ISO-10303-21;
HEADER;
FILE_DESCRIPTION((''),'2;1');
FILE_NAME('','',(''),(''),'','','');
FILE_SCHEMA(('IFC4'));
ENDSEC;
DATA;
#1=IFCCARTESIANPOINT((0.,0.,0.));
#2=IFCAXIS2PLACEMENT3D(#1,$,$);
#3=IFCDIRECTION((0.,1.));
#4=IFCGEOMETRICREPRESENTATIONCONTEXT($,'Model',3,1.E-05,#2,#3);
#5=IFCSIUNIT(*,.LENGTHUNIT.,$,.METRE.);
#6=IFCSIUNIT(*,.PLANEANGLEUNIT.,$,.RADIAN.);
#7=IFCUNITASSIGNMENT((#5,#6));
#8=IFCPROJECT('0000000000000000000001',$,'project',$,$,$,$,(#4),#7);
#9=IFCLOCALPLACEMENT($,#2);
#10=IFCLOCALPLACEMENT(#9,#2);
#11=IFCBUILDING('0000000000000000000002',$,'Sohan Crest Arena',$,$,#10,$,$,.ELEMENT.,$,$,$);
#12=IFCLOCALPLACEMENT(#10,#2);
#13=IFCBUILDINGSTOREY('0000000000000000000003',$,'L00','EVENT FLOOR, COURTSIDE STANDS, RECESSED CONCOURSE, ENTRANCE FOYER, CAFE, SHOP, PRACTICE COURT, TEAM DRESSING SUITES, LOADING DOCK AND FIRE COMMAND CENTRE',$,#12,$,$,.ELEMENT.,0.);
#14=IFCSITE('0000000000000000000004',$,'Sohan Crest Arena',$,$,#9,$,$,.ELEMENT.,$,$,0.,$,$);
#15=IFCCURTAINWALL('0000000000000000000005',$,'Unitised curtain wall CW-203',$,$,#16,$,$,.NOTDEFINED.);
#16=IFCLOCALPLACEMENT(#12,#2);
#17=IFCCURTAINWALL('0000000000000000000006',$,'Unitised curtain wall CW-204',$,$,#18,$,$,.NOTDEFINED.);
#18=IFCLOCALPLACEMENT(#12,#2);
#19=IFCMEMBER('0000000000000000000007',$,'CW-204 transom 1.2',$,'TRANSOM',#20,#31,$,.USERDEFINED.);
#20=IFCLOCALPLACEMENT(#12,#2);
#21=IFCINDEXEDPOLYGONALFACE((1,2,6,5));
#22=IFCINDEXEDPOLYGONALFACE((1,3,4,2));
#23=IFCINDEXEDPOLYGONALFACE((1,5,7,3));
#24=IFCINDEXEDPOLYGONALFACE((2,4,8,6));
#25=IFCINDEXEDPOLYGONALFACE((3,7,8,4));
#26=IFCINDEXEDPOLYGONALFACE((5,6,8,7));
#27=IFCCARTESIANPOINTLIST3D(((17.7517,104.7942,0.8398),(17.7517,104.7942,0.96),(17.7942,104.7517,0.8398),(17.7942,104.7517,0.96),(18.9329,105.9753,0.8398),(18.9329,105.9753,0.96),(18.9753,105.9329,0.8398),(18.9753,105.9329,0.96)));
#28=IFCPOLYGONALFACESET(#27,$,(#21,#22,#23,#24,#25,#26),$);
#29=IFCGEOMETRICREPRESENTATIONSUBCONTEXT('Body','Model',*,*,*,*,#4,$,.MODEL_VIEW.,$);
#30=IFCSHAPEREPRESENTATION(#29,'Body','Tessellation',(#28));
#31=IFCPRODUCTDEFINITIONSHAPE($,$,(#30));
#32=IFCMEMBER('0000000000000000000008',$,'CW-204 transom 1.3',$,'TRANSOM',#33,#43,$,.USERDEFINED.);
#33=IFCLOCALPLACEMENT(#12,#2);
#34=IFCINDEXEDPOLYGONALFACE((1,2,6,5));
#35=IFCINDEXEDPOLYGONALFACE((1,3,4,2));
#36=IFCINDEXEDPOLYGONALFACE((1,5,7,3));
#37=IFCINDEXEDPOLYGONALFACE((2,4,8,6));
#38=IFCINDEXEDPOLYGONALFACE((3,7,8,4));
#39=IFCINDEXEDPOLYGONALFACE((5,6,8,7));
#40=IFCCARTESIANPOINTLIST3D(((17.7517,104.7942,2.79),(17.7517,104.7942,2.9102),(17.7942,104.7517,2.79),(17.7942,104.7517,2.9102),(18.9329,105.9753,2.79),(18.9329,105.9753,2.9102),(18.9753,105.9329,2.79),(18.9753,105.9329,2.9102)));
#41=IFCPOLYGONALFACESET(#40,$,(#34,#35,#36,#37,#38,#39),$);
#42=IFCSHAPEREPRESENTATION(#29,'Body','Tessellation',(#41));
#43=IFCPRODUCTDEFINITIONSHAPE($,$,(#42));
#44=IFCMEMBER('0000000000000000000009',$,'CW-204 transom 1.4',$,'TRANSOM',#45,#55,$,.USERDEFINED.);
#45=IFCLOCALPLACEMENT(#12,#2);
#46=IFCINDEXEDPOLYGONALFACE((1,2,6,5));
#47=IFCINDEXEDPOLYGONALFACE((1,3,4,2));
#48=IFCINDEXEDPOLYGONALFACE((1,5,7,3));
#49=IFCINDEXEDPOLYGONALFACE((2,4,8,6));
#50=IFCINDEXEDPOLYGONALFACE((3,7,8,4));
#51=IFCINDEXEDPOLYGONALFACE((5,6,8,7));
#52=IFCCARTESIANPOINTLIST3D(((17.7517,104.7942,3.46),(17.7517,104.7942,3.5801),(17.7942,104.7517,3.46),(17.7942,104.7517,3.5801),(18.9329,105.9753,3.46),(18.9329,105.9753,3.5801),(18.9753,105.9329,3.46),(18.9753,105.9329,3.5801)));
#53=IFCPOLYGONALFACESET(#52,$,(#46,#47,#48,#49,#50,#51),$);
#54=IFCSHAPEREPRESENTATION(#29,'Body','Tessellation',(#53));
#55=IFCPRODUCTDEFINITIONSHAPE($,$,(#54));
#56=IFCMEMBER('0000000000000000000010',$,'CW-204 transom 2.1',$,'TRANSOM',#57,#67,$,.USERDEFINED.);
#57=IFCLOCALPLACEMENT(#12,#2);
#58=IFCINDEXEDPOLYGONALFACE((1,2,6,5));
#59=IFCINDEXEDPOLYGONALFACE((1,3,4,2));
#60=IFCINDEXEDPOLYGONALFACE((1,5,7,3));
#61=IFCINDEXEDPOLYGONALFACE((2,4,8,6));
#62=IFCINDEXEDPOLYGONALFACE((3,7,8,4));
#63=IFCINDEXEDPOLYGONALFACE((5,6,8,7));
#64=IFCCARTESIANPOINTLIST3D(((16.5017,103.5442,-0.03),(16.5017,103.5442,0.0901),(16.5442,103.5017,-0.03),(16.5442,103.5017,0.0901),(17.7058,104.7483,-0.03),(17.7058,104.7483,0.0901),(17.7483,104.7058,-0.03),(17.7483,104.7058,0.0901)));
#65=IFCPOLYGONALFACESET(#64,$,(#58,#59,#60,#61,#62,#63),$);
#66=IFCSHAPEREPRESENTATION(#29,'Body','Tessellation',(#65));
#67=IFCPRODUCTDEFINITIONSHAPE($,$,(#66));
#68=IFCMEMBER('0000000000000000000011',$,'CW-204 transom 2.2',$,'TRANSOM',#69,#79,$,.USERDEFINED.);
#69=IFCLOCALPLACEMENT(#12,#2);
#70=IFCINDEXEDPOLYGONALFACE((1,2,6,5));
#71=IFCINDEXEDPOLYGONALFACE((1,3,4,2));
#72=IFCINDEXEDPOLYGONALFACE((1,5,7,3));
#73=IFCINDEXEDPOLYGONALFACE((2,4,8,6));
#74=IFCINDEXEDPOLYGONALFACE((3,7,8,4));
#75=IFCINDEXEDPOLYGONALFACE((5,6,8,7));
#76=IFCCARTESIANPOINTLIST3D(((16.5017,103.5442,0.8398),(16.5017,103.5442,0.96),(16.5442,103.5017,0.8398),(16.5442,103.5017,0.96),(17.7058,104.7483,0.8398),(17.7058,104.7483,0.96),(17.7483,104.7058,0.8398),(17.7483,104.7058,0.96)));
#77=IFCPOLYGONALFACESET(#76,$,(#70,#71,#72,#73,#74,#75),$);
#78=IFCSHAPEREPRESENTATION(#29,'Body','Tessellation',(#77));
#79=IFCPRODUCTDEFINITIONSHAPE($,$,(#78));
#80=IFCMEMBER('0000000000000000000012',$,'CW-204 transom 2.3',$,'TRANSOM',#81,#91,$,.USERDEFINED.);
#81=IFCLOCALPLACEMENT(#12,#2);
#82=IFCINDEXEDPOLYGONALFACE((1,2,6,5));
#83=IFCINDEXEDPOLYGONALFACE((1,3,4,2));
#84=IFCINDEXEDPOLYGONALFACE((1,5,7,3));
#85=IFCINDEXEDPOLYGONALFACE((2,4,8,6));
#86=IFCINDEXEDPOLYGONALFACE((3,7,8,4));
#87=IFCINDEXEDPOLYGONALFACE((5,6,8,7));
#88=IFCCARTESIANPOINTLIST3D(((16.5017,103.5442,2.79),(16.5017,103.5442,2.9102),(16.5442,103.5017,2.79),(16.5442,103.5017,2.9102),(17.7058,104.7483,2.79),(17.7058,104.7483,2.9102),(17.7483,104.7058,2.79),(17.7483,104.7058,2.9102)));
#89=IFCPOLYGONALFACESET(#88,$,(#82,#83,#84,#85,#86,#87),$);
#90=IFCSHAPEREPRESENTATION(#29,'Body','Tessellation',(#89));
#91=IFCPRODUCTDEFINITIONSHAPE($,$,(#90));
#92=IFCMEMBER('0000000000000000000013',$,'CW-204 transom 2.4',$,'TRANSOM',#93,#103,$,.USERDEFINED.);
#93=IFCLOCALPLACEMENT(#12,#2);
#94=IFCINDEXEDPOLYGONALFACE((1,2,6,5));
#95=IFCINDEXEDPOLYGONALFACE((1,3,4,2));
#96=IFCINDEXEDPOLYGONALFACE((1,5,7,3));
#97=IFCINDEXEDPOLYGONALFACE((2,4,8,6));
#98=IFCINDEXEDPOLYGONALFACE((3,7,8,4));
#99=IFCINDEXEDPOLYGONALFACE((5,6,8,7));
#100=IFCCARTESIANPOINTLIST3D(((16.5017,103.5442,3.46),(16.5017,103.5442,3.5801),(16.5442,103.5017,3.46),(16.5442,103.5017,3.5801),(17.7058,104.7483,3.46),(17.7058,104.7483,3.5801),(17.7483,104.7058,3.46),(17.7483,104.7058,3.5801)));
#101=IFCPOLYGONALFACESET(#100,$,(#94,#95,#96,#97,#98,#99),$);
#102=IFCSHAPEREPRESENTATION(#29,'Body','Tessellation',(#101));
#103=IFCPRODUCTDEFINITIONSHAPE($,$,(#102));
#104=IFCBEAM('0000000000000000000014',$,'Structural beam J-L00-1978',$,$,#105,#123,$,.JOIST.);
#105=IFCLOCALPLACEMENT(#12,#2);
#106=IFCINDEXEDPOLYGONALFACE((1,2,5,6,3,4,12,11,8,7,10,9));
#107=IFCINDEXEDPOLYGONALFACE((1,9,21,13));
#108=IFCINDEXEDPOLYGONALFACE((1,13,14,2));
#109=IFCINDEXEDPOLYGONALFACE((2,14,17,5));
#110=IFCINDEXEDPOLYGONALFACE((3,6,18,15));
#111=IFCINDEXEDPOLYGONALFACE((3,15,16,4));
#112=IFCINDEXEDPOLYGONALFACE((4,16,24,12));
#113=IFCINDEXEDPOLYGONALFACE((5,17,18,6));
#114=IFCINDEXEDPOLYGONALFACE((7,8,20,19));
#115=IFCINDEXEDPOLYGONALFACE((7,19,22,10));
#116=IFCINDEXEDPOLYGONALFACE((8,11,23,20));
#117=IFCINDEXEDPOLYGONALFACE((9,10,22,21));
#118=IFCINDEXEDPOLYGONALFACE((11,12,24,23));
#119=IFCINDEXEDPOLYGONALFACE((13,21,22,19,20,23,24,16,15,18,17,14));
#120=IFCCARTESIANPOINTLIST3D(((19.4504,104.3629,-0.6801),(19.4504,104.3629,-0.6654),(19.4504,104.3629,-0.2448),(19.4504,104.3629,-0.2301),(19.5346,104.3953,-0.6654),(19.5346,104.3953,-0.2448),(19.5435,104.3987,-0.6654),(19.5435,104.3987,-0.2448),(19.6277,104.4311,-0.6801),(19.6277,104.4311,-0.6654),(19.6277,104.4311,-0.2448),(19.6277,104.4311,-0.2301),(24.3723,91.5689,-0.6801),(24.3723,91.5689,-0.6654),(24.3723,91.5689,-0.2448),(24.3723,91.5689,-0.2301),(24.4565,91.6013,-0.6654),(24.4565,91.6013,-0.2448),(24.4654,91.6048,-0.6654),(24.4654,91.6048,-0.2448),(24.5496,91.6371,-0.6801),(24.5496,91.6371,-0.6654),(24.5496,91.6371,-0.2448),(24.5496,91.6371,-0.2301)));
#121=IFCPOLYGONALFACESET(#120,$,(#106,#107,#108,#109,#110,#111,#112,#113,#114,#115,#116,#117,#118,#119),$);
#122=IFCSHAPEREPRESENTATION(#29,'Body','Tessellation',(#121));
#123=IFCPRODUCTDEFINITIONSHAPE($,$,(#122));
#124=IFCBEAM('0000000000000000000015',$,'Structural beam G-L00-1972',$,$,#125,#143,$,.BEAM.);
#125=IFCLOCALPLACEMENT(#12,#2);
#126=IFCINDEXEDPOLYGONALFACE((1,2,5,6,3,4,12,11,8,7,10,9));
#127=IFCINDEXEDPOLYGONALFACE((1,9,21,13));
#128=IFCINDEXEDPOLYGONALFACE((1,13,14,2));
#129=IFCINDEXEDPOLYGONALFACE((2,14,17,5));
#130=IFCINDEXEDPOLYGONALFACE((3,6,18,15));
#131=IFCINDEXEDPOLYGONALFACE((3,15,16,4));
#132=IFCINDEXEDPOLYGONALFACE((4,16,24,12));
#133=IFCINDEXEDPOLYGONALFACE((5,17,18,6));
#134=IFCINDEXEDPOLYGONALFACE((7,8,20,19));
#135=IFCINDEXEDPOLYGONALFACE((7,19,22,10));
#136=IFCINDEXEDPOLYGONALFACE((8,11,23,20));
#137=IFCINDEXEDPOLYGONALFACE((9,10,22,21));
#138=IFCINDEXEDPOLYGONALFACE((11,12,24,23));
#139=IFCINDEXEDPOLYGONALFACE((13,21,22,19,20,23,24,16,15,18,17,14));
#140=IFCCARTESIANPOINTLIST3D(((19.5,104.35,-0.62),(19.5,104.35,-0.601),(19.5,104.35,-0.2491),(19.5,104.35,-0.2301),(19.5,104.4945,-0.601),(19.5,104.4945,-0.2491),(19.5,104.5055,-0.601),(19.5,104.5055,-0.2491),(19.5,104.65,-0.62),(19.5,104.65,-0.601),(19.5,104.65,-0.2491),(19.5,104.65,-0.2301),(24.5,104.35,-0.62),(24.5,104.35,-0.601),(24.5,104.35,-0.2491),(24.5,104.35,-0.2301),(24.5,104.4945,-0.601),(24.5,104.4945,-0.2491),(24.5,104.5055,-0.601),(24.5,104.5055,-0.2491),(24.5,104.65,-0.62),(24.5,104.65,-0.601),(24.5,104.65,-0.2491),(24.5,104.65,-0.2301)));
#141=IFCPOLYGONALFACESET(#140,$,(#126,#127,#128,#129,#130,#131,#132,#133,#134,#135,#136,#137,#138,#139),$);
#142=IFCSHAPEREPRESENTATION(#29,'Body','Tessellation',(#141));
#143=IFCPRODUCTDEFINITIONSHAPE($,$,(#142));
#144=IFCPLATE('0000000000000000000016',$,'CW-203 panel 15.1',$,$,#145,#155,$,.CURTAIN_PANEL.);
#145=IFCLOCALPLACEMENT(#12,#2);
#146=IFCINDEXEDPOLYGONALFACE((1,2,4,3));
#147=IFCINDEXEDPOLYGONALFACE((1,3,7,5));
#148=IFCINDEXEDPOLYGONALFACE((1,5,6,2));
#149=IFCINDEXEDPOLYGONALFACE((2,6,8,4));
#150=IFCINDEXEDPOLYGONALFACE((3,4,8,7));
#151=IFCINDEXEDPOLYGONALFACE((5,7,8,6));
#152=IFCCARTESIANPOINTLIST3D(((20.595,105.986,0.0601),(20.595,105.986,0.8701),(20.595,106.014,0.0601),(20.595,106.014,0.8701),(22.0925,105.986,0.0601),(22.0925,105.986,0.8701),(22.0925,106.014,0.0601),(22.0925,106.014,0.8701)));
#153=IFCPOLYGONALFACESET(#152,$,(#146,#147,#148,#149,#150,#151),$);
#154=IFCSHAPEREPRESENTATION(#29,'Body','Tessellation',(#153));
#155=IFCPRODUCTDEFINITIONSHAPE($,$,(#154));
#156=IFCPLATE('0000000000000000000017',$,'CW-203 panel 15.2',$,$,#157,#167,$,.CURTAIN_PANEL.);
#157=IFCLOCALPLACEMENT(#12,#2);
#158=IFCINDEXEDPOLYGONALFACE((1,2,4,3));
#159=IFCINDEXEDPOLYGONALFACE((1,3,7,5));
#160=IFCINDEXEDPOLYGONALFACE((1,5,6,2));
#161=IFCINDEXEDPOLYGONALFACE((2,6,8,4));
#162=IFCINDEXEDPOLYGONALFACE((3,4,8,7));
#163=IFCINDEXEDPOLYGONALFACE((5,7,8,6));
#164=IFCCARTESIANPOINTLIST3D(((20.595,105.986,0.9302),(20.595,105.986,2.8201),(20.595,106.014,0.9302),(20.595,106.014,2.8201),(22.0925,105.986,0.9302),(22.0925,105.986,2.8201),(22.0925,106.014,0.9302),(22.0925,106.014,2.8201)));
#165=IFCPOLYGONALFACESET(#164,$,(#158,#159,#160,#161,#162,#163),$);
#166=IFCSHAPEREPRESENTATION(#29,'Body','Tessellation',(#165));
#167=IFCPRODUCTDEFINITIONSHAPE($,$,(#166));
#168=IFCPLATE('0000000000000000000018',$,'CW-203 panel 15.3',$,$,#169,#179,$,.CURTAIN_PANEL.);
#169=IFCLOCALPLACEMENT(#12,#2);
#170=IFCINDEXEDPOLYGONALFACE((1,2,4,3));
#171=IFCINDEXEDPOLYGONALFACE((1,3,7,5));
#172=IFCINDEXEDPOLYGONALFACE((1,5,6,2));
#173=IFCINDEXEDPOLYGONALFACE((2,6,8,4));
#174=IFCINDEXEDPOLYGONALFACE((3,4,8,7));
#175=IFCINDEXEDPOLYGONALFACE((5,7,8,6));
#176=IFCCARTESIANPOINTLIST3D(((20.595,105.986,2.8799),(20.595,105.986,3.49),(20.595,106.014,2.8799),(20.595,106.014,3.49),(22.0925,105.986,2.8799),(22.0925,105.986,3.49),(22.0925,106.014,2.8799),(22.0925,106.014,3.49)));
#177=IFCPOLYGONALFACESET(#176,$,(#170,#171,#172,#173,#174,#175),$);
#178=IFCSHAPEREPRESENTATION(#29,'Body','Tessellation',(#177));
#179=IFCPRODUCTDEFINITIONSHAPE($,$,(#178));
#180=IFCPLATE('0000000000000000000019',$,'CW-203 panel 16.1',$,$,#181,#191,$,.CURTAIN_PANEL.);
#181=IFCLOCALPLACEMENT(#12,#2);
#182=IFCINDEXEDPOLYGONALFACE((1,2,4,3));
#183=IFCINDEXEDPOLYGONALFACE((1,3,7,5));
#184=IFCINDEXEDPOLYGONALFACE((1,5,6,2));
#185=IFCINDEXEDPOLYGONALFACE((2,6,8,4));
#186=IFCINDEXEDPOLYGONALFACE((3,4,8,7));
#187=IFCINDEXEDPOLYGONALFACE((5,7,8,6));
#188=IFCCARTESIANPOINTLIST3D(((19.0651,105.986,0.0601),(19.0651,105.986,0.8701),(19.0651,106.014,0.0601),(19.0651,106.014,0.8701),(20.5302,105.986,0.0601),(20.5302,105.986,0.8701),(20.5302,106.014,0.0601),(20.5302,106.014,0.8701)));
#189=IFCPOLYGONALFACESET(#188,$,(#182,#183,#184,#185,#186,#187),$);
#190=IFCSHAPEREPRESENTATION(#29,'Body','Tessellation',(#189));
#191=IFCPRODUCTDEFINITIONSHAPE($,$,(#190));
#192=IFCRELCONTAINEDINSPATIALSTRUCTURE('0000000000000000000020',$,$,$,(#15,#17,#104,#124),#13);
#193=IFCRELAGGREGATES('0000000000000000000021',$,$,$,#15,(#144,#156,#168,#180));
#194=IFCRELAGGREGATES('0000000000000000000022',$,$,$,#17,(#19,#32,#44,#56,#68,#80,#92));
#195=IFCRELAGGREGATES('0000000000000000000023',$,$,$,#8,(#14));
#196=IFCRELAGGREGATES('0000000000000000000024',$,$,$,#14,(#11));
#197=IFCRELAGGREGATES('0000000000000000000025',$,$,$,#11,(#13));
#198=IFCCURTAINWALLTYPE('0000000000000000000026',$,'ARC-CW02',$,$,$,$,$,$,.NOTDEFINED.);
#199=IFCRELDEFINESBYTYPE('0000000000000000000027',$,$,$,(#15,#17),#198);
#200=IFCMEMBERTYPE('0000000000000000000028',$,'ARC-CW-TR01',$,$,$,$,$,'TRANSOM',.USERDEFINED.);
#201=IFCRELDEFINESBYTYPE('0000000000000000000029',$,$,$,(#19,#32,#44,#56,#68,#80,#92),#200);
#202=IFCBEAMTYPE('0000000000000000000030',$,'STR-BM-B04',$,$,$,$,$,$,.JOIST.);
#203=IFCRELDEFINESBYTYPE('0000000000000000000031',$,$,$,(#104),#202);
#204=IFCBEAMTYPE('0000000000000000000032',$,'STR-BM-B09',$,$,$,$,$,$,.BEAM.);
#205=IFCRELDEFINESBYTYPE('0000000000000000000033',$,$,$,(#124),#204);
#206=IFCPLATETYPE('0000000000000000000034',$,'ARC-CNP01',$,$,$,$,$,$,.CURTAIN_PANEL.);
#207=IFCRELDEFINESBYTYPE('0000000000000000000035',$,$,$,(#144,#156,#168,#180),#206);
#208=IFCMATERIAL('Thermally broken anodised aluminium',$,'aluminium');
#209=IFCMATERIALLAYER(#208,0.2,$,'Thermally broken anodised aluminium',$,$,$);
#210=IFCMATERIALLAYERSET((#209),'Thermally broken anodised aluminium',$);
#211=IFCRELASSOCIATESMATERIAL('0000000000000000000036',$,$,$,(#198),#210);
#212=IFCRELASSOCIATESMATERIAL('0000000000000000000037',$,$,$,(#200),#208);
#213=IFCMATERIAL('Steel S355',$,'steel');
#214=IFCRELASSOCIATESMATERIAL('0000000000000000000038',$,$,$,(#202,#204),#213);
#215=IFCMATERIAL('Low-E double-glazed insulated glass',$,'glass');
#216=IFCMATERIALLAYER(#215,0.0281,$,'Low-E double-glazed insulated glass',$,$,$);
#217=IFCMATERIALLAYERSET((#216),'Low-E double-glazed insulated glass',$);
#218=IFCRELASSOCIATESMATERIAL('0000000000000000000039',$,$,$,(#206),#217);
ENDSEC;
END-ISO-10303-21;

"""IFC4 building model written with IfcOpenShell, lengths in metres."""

from ifc_helpers import new_model, si_unit, direction, frame, origin, origin_2d, place, context, subcontext, project, spatial, rectangle, i_section, extrude, material, layer, layer_set, material_profile, profile_set, type_object, element, aggregate, save


model = new_model("IFC4")

# Units and contexts
model_context = context("Model", 3, precision=1e-05, world=origin(), true_north=direction((0.0, 1.0)))
body_context = subcontext(model_context, "Body", "Model", "MODEL_VIEW")
ifc_project = project(units=[si_unit("LENGTHUNIT", "METRE"), si_unit("PLANEANGLEUNIT", "RADIAN")], contexts=[model_context])

# Site, building, storey
site_placement = place(None, origin())
site = spatial("IfcSite", under=ifc_project, at=site_placement, Name="Sohan Crest Arena", CompositionType="ELEMENT", RefElevation=0.0)
building_placement = place(site_placement, origin())
building = spatial("IfcBuilding", under=site, at=building_placement, Name="Sohan Crest Arena", CompositionType="ELEMENT")
storey_placement = place(building_placement, origin())
storey = spatial("IfcBuildingStorey", under=building, at=storey_placement, Name="L00", Description="EVENT FLOOR, COURTSIDE STANDS, RECESSED CONCOURSE, ENTRANCE FOYER, CAFE, SHOP, PRACTICE COURT, TEAM DRESSING SUITES, LOADING DOCK AND FIRE COMMAND CENTRE", CompositionType="ELEMENT", Elevation=0.0)

# Curtain walls
ifc_material_1 = material(Name="Thermally broken anodised aluminium", Category="aluminium")
ifc_layer_1 = layer(ifc_material_1, 0.2, Name="Thermally broken anodised aluminium")
ifc_layer_set_1 = layer_set([ifc_layer_1], Name="Thermally broken anodised aluminium")
curtain_wall_type = type_object("IfcCurtainWallType", Name="ARC-CW02", PredefinedType="NOTDEFINED", material=ifc_layer_set_1)
curtain_wall_1_placement = place(storey_placement, origin())
curtain_wall_1 = element("IfcCurtainWall", 1, at=curtain_wall_1_placement, inside=storey, type_object=curtain_wall_type, Name="Unitised curtain wall CW-203", PredefinedType="NOTDEFINED")
curtain_wall_2_placement = place(storey_placement, origin())
curtain_wall_2 = element("IfcCurtainWall", 2, at=curtain_wall_2_placement, inside=storey, type_object=curtain_wall_type, Name="Unitised curtain wall CW-204", PredefinedType="NOTDEFINED")

# Members
ifc_material_profile_1 = material_profile(ifc_material_1, rectangle(XDim=0.0601, YDim=0.1201, at=origin_2d()), Name="ALU-TRAN 60x120")
ifc_profile_set_1 = profile_set([ifc_material_profile_1], Name="Thermally broken anodised aluminium")
member_type_1 = type_object("IfcMemberType", Name="ARC-CW-TR01", ElementType="TRANSOM", PredefinedType="USERDEFINED", material=ifc_profile_set_1)
member_1_placement = place(storey_placement, frame((18.9541, 105.9541, 0.8999), z_axis=(-0.707107, -0.707107, 0.0), x_axis=(0.707107, -0.707107, 0.0)))
member_1 = element("IfcMember", 3, at=member_1_placement, type_object=member_type_1, Name="CW-204 transom 1.2", ObjectType="TRANSOM", PredefinedType="USERDEFINED", context=body_context, shape_type="SweptSolid", body=[
    extrude(rectangle(XDim=0.0601, YDim=0.1201, at=origin_2d()), origin(), (0.0, 0.0, 1.0), 1.6704),
])
member_2_placement = place(storey_placement, frame((18.9541, 105.9541, 2.8501), z_axis=(-0.707107, -0.707107, 0.0), x_axis=(0.707107, -0.707107, 0.0)))
member_2 = element("IfcMember", 4, at=member_2_placement, type_object=member_type_1, Name="CW-204 transom 1.3", ObjectType="TRANSOM", PredefinedType="USERDEFINED", context=body_context, shape_type="SweptSolid", body=[
    extrude(rectangle(XDim=0.0601, YDim=0.1201, at=origin_2d()), origin(), (0.0, 0.0, 1.0), 1.6704),
])
member_3_placement = place(storey_placement, frame((18.9541, 105.9541, 3.52), z_axis=(-0.707107, -0.707107, 0.0), x_axis=(0.707107, -0.707107, 0.0)))
member_3 = element("IfcMember", 5, at=member_3_placement, type_object=member_type_1, Name="CW-204 transom 1.4", ObjectType="TRANSOM", PredefinedType="USERDEFINED", context=body_context, shape_type="SweptSolid", body=[
    extrude(rectangle(XDim=0.0601, YDim=0.1201, at=origin_2d()), origin(), (0.0, 0.0, 1.0), 1.6704),
])
member_4_placement = place(storey_placement, frame((17.7271, 104.7271, 0.03), z_axis=(-0.707107, -0.707107, 0.0), x_axis=(0.707107, -0.707107, 0.0)))
member_4 = element("IfcMember", 6, at=member_4_placement, type_object=member_type_1, Name="CW-204 transom 2.1", ObjectType="TRANSOM", PredefinedType="USERDEFINED", context=body_context, shape_type="SweptSolid", body=[
    extrude(rectangle(XDim=0.0601, YDim=0.1201, at=origin_2d()), origin(), (0.0, 0.0, 1.0), 1.7029),
])
member_5_placement = place(storey_placement, frame((17.7271, 104.7271, 0.8999), z_axis=(-0.707107, -0.707107, 0.0), x_axis=(0.707107, -0.707107, 0.0)))
member_5 = element("IfcMember", 7, at=member_5_placement, type_object=member_type_1, Name="CW-204 transom 2.2", ObjectType="TRANSOM", PredefinedType="USERDEFINED", context=body_context, shape_type="SweptSolid", body=[
    extrude(rectangle(XDim=0.0601, YDim=0.1201, at=origin_2d()), origin(), (0.0, 0.0, 1.0), 1.7029),
])
member_6_placement = place(storey_placement, frame((17.7271, 104.7271, 2.8501), z_axis=(-0.707107, -0.707107, 0.0), x_axis=(0.707107, -0.707107, 0.0)))
member_6 = element("IfcMember", 8, at=member_6_placement, type_object=member_type_1, Name="CW-204 transom 2.3", ObjectType="TRANSOM", PredefinedType="USERDEFINED", context=body_context, shape_type="SweptSolid", body=[
    extrude(rectangle(XDim=0.0601, YDim=0.1201, at=origin_2d()), origin(), (0.0, 0.0, 1.0), 1.7029),
])
member_7_placement = place(storey_placement, frame((17.7271, 104.7271, 3.52), z_axis=(-0.707107, -0.707107, 0.0), x_axis=(0.707107, -0.707107, 0.0)))
member_7 = element("IfcMember", 9, at=member_7_placement, type_object=member_type_1, Name="CW-204 transom 2.4", ObjectType="TRANSOM", PredefinedType="USERDEFINED", context=body_context, shape_type="SweptSolid", body=[
    extrude(rectangle(XDim=0.0601, YDim=0.1201, at=origin_2d()), origin(), (0.0, 0.0, 1.0), 1.7029),
])

# Beams
ifc_material_2 = material(Name="Steel S355", Category="steel")
ifc_material_profile_2 = material_profile(ifc_material_2, i_section(OverallWidth=0.1899, OverallDepth=0.45, WebThickness=0.0095, FlangeThickness=0.0146, at=origin_2d()), Name="IPE 450")
ifc_profile_set_2 = profile_set([ifc_material_profile_2], Name="Steel S355")
beam_type_1 = type_object("IfcBeamType", Name="STR-BM-B04", PredefinedType="JOIST", material=ifc_profile_set_2)
beam_1_placement = place(storey_placement, frame((19.5391, 104.397, -0.4551), z_axis=(0.359051, -0.933318, 0.0), x_axis=(0.933318, 0.359051, 0.0)))
element("IfcBeam", 10, at=beam_1_placement, inside=storey, type_object=beam_type_1, Name="Structural beam J-L00-1978", PredefinedType="JOIST", context=body_context, shape_type="SweptSolid", body=[
    extrude(i_section(OverallWidth=0.1899, OverallDepth=0.45, WebThickness=0.0095, FlangeThickness=0.0146, at=origin_2d()), origin(), (0.0, 0.0, 1.0), 13.708),
])
ifc_material_profile_3 = material_profile(ifc_material_2, i_section(OverallWidth=0.3, OverallDepth=0.3899, WebThickness=0.011, FlangeThickness=0.019, at=origin_2d()), Name="HEA 400")
ifc_profile_set_3 = profile_set([ifc_material_profile_3], Name="Steel S355")
beam_type_2 = type_object("IfcBeamType", Name="STR-BM-B09", PredefinedType="BEAM", material=ifc_profile_set_3)
beam_2_placement = place(storey_placement, frame((19.5, 104.5, -0.425), z_axis=(1.0, 0.0, 0.0), x_axis=(0.0, 1.0, 0.0)))
element("IfcBeam", 11, at=beam_2_placement, inside=storey, type_object=beam_type_2, Name="Structural beam G-L00-1972", PredefinedType="BEAM", context=body_context, shape_type="SweptSolid", body=[
    extrude(i_section(OverallWidth=0.3, OverallDepth=0.3899, WebThickness=0.011, FlangeThickness=0.019, at=origin_2d()), origin(), (0.0, 0.0, 1.0), 5.0),
])

# Plates
ifc_material_3 = material(Name="Low-E double-glazed insulated glass", Category="glass")
ifc_layer_2 = layer(ifc_material_3, 0.0281, Name="Low-E double-glazed insulated glass")
ifc_layer_set_2 = layer_set([ifc_layer_2], Name="Low-E double-glazed insulated glass")
plate_type = type_object("IfcPlateType", Name="ARC-CNP01", PredefinedType="CURTAIN_PANEL", material=ifc_layer_set_2)
plate_1_placement = place(storey_placement, frame((21.3438, 106.0, 0.0601), z_axis=(0.0, 0.0, 1.0), x_axis=(-1.0, 0.0, 0.0)))
plate_1 = element("IfcPlate", 12, at=plate_1_placement, type_object=plate_type, Name="CW-203 panel 15.1", PredefinedType="CURTAIN_PANEL", context=body_context, shape_type="SweptSolid", body=[
    extrude(rectangle(XDim=1.4976, YDim=0.0281, at=origin_2d()), origin(), (0.0, 0.0, 1.0), 0.8101),
])
plate_2_placement = place(storey_placement, frame((21.3438, 106.0, 0.9302), z_axis=(0.0, 0.0, 1.0), x_axis=(-1.0, 0.0, 0.0)))
plate_2 = element("IfcPlate", 13, at=plate_2_placement, type_object=plate_type, Name="CW-203 panel 15.2", PredefinedType="CURTAIN_PANEL", context=body_context, shape_type="SweptSolid", body=[
    extrude(rectangle(XDim=1.4976, YDim=0.0281, at=origin_2d()), origin(), (0.0, 0.0, 1.0), 1.8899),
])
plate_3_placement = place(storey_placement, frame((21.3438, 106.0, 2.8799), z_axis=(0.0, 0.0, 1.0), x_axis=(-1.0, 0.0, 0.0)))
plate_3 = element("IfcPlate", 14, at=plate_3_placement, type_object=plate_type, Name="CW-203 panel 15.3", PredefinedType="CURTAIN_PANEL", context=body_context, shape_type="SweptSolid", body=[
    extrude(rectangle(XDim=1.4976, YDim=0.0281, at=origin_2d()), origin(), (0.0, 0.0, 1.0), 0.6101),
])
plate_4_placement = place(storey_placement, frame((19.7976, 106.0, 0.0601), z_axis=(0.0, 0.0, 1.0), x_axis=(-1.0, 0.0, 0.0)))
plate_4 = element("IfcPlate", 15, at=plate_4_placement, type_object=plate_type, Name="CW-203 panel 16.1", PredefinedType="CURTAIN_PANEL", context=body_context, shape_type="SweptSolid", body=[
    extrude(rectangle(XDim=1.4651, YDim=0.0281, at=origin_2d()), origin(), (0.0, 0.0, 1.0), 0.8101),
])
aggregate(curtain_wall_1, [plate_1, plate_2, plate_3, plate_4])
aggregate(curtain_wall_2, [member_1, member_2, member_3, member_4, member_5, member_6, member_7])

save(model, "model.ifc")
